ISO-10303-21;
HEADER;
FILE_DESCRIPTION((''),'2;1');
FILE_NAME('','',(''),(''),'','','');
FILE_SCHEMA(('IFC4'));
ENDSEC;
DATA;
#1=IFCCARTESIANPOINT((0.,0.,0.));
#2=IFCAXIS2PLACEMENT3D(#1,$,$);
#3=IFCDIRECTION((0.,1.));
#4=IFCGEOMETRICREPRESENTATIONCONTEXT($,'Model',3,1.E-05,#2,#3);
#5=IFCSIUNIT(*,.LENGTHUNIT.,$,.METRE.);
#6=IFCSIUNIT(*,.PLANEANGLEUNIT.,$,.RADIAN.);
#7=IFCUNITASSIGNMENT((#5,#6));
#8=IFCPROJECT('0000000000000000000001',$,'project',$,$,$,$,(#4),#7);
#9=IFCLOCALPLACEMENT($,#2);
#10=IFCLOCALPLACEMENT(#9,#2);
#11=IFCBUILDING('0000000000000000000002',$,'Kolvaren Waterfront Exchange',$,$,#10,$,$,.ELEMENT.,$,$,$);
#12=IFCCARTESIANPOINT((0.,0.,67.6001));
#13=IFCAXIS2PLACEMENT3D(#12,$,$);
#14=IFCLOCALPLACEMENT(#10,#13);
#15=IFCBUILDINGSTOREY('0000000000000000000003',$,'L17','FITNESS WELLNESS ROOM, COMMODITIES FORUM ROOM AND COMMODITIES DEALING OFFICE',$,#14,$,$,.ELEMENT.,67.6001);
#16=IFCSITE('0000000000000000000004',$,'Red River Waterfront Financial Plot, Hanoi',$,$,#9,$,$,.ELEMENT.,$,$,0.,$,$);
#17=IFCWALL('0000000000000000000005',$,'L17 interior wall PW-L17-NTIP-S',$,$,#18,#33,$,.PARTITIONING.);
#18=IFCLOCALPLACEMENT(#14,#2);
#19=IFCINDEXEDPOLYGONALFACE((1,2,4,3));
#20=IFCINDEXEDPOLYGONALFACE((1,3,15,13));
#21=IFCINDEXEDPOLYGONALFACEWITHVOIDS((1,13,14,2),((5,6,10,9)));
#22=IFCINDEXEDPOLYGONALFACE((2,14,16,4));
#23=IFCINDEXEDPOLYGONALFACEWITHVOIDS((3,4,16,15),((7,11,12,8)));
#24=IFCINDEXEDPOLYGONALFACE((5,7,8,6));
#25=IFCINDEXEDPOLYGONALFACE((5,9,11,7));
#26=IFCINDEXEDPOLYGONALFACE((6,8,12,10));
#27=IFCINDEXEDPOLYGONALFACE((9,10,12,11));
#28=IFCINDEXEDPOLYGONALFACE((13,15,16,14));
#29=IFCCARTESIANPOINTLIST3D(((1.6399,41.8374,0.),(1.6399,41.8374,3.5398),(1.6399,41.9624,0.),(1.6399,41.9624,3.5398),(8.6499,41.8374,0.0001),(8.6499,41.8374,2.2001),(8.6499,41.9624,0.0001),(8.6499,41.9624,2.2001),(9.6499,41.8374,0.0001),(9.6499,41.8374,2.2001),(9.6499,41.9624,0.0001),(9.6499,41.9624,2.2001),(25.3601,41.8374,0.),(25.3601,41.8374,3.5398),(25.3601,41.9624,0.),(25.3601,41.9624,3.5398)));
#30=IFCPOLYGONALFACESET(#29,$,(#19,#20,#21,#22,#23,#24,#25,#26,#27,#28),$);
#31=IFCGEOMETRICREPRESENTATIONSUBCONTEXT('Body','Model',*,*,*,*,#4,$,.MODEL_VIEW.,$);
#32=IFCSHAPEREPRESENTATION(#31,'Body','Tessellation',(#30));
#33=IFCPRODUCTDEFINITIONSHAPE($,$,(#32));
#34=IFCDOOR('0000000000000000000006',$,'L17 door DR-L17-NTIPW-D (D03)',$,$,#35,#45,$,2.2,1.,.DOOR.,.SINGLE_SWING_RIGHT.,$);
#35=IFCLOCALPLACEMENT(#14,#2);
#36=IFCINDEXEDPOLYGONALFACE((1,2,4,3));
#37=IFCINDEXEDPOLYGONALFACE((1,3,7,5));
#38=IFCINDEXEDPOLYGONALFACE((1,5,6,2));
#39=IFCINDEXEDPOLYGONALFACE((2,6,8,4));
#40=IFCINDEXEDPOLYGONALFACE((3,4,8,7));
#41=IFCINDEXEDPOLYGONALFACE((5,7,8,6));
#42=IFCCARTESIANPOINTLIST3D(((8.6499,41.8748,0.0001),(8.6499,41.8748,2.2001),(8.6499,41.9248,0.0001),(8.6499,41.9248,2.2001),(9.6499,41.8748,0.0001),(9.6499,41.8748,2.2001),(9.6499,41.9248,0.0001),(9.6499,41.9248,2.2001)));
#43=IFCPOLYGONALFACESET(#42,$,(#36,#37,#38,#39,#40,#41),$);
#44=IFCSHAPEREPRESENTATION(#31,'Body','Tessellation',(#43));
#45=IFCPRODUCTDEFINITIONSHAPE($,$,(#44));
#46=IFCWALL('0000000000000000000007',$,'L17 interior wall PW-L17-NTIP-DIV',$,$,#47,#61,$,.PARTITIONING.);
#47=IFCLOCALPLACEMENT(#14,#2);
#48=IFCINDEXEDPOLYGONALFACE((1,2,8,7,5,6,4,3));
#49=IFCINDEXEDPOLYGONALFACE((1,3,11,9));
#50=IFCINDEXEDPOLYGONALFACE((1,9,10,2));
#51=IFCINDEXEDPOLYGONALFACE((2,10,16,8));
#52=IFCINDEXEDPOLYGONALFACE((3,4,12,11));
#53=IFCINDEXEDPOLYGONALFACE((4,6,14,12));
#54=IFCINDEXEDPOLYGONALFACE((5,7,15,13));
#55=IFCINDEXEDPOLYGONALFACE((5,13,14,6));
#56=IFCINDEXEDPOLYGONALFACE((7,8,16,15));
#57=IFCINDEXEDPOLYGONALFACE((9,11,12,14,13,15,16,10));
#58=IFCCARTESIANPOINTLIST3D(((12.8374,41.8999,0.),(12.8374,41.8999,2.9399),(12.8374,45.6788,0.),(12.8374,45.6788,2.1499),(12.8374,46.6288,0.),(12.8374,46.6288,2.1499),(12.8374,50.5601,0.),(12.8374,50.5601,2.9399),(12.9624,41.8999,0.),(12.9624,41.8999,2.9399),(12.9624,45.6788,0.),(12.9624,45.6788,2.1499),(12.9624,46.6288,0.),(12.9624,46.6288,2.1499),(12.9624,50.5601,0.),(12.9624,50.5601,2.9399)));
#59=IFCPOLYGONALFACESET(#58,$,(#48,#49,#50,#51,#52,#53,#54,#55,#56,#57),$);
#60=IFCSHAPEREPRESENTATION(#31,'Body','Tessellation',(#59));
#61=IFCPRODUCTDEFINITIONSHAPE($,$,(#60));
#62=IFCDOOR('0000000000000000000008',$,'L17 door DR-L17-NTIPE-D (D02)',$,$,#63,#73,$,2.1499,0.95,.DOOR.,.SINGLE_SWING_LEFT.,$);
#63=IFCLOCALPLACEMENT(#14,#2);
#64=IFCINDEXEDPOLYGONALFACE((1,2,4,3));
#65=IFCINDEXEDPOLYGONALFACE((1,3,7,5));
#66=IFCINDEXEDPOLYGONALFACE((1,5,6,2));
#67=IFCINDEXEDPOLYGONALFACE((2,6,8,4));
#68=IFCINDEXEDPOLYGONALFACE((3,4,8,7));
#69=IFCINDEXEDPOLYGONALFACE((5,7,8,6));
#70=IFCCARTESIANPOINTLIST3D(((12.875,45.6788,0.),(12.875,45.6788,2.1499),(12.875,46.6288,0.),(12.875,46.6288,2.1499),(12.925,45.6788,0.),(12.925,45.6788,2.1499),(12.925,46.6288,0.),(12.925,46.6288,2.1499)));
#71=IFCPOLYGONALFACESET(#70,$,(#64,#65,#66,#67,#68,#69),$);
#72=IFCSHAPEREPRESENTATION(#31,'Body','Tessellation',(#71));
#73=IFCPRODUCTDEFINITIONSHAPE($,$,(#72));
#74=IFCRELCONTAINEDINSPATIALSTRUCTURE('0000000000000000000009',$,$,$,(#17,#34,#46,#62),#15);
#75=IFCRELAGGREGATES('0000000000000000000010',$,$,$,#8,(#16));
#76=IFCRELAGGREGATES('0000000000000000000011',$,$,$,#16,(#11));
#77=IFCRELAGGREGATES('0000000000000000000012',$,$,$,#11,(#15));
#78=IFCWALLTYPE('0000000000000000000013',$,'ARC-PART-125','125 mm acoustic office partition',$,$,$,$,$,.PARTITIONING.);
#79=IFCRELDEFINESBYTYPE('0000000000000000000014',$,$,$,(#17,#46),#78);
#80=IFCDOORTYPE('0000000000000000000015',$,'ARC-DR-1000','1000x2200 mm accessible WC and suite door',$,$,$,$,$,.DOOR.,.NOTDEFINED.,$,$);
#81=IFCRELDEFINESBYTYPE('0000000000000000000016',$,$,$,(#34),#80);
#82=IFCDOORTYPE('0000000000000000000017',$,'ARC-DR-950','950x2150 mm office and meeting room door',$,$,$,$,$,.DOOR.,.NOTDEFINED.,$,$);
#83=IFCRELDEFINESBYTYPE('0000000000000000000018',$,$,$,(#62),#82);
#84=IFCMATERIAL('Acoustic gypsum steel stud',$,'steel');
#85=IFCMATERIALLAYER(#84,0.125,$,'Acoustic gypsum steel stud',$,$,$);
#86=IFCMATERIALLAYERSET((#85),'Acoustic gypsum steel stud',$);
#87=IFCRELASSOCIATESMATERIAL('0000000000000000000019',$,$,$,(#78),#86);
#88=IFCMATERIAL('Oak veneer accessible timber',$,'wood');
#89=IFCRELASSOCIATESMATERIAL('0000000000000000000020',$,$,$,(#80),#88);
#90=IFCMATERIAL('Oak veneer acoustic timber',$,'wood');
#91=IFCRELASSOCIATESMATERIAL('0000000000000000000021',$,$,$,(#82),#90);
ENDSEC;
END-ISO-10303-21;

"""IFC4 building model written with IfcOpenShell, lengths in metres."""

from ifc_helpers import new_model, si_unit, direction, frame, frame_2d, origin, place, context, subcontext, project, spatial, rectangle, extrude, material, layer, layer_set, type_object, element, fill, save


model = new_model("IFC4")

# Units and contexts
model_context = context("Model", 3, precision=1e-05, world=origin(), true_north=direction((0.0, 1.0)))
body_context = subcontext(model_context, "Body", "Model", "MODEL_VIEW")
ifc_project = project(units=[si_unit("LENGTHUNIT", "METRE"), si_unit("PLANEANGLEUNIT", "RADIAN")], contexts=[model_context])

# Site, building, storey
site_placement = place(None, origin())
site = spatial("IfcSite", under=ifc_project, at=site_placement, Name="Red River Waterfront Financial Plot, Hanoi", CompositionType="ELEMENT", RefElevation=0.0)
building_placement = place(site_placement, origin())
building = spatial("IfcBuilding", under=site, at=building_placement, Name="Kolvaren Waterfront Exchange", CompositionType="ELEMENT")
storey_placement = place(building_placement, frame((0.0, 0.0, 67.6001)))
storey = spatial("IfcBuildingStorey", under=building, at=storey_placement, Name="L17", Description="FITNESS WELLNESS ROOM, COMMODITIES FORUM ROOM AND COMMODITIES DEALING OFFICE", CompositionType="ELEMENT", Elevation=67.6001)

# Walls, openings, doors
ifc_material_1 = material(Name="Acoustic gypsum steel stud", Category="steel")
ifc_layer_1 = layer(ifc_material_1, 0.125, Name="Acoustic gypsum steel stud")
ifc_layer_set_1 = layer_set([ifc_layer_1], Name="Acoustic gypsum steel stud")
wall_type_1 = type_object("IfcWallType", Name="ARC-PART-125", Description="125 mm acoustic office partition", PredefinedType="PARTITIONING", material=ifc_layer_set_1)
wall_1_placement = place(storey_placement, frame((1.6399, 41.8999, 0.0), z_axis=(0.0, 0.0, 1.0), x_axis=(1.0, 0.0, 0.0)))
wall_1 = element("IfcWall", 1, at=wall_1_placement, inside=storey, type_object=wall_type_1, Name="L17 interior wall PW-L17-NTIP-S", PredefinedType="PARTITIONING", context=body_context, shape_type="SweptSolid", body=[
    extrude(rectangle(XDim=23.7202, YDim=0.125, at=frame_2d((11.8601, 0.0))), origin(), (0.0, 0.0, 1.0), 3.5398),
])
opening_1_placement = place(wall_1_placement, frame((7.01, 0.0, 0.0)))
opening_1 = element("IfcOpeningElement", 2, at=opening_1_placement, cuts=wall_1, PredefinedType="OPENING", context=body_context, shape_type="SweptSolid", body=[
    extrude(rectangle(XDim=1.0, YDim=2.2, at=frame_2d((0.5, 1.1001))), frame((0.0, 0.0725, 0.0), z_axis=(0.0, -1.0, 0.0), x_axis=(1.0, 0.0, 0.0)), (0.0, 0.0, 1.0), 0.145),
])
ifc_material_2 = material(Name="Oak veneer accessible timber", Category="wood")
door_type_1 = type_object("IfcDoorType", Name="ARC-DR-1000", Description="1000x2200 mm accessible WC and suite door", OperationType="NOTDEFINED", PredefinedType="DOOR", material=ifc_material_2)
door_1_placement = place(opening_1_placement, origin())
door_1 = element("IfcDoor", 3, at=door_1_placement, inside=storey, type_object=door_type_1, Name="L17 door DR-L17-NTIPW-D (D03)", OperationType="SINGLE_SWING_RIGHT", OverallHeight=2.2, OverallWidth=1.0, PredefinedType="DOOR", context=body_context, shape_type="SweptSolid", body=[
    extrude(rectangle(XDim=1.0, YDim=2.2, at=frame_2d((0.5, 1.1001))), frame((0.0, 0.0249, 0.0), z_axis=(0.0, -1.0, 0.0), x_axis=(1.0, 0.0, 0.0)), (0.0, 0.0, 1.0), 0.05),
])
fill(opening_1, door_1)
wall_2_placement = place(storey_placement, frame((12.8999, 41.8999, 0.0), z_axis=(0.0, 0.0, 1.0), x_axis=(0.0, 1.0, 0.0)))
wall_2 = element("IfcWall", 4, at=wall_2_placement, inside=storey, type_object=wall_type_1, Name="L17 interior wall PW-L17-NTIP-DIV", PredefinedType="PARTITIONING", context=body_context, shape_type="SweptSolid", body=[
    extrude(rectangle(XDim=8.6602, YDim=0.125, at=frame_2d((4.3301, 0.0))), origin(), (0.0, 0.0, 1.0), 2.9399),
])
opening_2_placement = place(wall_2_placement, frame((3.7788, 0.0, 0.0)))
opening_2 = element("IfcOpeningElement", 5, at=opening_2_placement, cuts=wall_2, PredefinedType="OPENING", context=body_context, shape_type="SweptSolid", body=[
    extrude(rectangle(XDim=0.95, YDim=2.1499, at=frame_2d((0.4751, 1.075))), frame((0.0, 0.0725, 0.0), z_axis=(0.0, -1.0, 0.0), x_axis=(1.0, 0.0, 0.0)), (0.0, 0.0, 1.0), 0.145),
])
ifc_material_3 = material(Name="Oak veneer acoustic timber", Category="wood")
door_type_2 = type_object("IfcDoorType", Name="ARC-DR-950", Description="950x2150 mm office and meeting room door", OperationType="NOTDEFINED", PredefinedType="DOOR", material=ifc_material_3)
door_2_placement = place(opening_2_placement, origin())
door_2 = element("IfcDoor", 6, at=door_2_placement, inside=storey, type_object=door_type_2, Name="L17 door DR-L17-NTIPE-D (D02)", OperationType="SINGLE_SWING_LEFT", OverallHeight=2.1499, OverallWidth=0.95, PredefinedType="DOOR", context=body_context, shape_type="SweptSolid", body=[
    extrude(rectangle(XDim=0.95, YDim=2.1499, at=frame_2d((0.4751, 1.075))), frame((0.0, 0.0249, 0.0), z_axis=(0.0, -1.0, 0.0), x_axis=(1.0, 0.0, 0.0)), (0.0, 0.0, 1.0), 0.05),
])
fill(opening_2, door_2)

save(model, "model.ifc")
